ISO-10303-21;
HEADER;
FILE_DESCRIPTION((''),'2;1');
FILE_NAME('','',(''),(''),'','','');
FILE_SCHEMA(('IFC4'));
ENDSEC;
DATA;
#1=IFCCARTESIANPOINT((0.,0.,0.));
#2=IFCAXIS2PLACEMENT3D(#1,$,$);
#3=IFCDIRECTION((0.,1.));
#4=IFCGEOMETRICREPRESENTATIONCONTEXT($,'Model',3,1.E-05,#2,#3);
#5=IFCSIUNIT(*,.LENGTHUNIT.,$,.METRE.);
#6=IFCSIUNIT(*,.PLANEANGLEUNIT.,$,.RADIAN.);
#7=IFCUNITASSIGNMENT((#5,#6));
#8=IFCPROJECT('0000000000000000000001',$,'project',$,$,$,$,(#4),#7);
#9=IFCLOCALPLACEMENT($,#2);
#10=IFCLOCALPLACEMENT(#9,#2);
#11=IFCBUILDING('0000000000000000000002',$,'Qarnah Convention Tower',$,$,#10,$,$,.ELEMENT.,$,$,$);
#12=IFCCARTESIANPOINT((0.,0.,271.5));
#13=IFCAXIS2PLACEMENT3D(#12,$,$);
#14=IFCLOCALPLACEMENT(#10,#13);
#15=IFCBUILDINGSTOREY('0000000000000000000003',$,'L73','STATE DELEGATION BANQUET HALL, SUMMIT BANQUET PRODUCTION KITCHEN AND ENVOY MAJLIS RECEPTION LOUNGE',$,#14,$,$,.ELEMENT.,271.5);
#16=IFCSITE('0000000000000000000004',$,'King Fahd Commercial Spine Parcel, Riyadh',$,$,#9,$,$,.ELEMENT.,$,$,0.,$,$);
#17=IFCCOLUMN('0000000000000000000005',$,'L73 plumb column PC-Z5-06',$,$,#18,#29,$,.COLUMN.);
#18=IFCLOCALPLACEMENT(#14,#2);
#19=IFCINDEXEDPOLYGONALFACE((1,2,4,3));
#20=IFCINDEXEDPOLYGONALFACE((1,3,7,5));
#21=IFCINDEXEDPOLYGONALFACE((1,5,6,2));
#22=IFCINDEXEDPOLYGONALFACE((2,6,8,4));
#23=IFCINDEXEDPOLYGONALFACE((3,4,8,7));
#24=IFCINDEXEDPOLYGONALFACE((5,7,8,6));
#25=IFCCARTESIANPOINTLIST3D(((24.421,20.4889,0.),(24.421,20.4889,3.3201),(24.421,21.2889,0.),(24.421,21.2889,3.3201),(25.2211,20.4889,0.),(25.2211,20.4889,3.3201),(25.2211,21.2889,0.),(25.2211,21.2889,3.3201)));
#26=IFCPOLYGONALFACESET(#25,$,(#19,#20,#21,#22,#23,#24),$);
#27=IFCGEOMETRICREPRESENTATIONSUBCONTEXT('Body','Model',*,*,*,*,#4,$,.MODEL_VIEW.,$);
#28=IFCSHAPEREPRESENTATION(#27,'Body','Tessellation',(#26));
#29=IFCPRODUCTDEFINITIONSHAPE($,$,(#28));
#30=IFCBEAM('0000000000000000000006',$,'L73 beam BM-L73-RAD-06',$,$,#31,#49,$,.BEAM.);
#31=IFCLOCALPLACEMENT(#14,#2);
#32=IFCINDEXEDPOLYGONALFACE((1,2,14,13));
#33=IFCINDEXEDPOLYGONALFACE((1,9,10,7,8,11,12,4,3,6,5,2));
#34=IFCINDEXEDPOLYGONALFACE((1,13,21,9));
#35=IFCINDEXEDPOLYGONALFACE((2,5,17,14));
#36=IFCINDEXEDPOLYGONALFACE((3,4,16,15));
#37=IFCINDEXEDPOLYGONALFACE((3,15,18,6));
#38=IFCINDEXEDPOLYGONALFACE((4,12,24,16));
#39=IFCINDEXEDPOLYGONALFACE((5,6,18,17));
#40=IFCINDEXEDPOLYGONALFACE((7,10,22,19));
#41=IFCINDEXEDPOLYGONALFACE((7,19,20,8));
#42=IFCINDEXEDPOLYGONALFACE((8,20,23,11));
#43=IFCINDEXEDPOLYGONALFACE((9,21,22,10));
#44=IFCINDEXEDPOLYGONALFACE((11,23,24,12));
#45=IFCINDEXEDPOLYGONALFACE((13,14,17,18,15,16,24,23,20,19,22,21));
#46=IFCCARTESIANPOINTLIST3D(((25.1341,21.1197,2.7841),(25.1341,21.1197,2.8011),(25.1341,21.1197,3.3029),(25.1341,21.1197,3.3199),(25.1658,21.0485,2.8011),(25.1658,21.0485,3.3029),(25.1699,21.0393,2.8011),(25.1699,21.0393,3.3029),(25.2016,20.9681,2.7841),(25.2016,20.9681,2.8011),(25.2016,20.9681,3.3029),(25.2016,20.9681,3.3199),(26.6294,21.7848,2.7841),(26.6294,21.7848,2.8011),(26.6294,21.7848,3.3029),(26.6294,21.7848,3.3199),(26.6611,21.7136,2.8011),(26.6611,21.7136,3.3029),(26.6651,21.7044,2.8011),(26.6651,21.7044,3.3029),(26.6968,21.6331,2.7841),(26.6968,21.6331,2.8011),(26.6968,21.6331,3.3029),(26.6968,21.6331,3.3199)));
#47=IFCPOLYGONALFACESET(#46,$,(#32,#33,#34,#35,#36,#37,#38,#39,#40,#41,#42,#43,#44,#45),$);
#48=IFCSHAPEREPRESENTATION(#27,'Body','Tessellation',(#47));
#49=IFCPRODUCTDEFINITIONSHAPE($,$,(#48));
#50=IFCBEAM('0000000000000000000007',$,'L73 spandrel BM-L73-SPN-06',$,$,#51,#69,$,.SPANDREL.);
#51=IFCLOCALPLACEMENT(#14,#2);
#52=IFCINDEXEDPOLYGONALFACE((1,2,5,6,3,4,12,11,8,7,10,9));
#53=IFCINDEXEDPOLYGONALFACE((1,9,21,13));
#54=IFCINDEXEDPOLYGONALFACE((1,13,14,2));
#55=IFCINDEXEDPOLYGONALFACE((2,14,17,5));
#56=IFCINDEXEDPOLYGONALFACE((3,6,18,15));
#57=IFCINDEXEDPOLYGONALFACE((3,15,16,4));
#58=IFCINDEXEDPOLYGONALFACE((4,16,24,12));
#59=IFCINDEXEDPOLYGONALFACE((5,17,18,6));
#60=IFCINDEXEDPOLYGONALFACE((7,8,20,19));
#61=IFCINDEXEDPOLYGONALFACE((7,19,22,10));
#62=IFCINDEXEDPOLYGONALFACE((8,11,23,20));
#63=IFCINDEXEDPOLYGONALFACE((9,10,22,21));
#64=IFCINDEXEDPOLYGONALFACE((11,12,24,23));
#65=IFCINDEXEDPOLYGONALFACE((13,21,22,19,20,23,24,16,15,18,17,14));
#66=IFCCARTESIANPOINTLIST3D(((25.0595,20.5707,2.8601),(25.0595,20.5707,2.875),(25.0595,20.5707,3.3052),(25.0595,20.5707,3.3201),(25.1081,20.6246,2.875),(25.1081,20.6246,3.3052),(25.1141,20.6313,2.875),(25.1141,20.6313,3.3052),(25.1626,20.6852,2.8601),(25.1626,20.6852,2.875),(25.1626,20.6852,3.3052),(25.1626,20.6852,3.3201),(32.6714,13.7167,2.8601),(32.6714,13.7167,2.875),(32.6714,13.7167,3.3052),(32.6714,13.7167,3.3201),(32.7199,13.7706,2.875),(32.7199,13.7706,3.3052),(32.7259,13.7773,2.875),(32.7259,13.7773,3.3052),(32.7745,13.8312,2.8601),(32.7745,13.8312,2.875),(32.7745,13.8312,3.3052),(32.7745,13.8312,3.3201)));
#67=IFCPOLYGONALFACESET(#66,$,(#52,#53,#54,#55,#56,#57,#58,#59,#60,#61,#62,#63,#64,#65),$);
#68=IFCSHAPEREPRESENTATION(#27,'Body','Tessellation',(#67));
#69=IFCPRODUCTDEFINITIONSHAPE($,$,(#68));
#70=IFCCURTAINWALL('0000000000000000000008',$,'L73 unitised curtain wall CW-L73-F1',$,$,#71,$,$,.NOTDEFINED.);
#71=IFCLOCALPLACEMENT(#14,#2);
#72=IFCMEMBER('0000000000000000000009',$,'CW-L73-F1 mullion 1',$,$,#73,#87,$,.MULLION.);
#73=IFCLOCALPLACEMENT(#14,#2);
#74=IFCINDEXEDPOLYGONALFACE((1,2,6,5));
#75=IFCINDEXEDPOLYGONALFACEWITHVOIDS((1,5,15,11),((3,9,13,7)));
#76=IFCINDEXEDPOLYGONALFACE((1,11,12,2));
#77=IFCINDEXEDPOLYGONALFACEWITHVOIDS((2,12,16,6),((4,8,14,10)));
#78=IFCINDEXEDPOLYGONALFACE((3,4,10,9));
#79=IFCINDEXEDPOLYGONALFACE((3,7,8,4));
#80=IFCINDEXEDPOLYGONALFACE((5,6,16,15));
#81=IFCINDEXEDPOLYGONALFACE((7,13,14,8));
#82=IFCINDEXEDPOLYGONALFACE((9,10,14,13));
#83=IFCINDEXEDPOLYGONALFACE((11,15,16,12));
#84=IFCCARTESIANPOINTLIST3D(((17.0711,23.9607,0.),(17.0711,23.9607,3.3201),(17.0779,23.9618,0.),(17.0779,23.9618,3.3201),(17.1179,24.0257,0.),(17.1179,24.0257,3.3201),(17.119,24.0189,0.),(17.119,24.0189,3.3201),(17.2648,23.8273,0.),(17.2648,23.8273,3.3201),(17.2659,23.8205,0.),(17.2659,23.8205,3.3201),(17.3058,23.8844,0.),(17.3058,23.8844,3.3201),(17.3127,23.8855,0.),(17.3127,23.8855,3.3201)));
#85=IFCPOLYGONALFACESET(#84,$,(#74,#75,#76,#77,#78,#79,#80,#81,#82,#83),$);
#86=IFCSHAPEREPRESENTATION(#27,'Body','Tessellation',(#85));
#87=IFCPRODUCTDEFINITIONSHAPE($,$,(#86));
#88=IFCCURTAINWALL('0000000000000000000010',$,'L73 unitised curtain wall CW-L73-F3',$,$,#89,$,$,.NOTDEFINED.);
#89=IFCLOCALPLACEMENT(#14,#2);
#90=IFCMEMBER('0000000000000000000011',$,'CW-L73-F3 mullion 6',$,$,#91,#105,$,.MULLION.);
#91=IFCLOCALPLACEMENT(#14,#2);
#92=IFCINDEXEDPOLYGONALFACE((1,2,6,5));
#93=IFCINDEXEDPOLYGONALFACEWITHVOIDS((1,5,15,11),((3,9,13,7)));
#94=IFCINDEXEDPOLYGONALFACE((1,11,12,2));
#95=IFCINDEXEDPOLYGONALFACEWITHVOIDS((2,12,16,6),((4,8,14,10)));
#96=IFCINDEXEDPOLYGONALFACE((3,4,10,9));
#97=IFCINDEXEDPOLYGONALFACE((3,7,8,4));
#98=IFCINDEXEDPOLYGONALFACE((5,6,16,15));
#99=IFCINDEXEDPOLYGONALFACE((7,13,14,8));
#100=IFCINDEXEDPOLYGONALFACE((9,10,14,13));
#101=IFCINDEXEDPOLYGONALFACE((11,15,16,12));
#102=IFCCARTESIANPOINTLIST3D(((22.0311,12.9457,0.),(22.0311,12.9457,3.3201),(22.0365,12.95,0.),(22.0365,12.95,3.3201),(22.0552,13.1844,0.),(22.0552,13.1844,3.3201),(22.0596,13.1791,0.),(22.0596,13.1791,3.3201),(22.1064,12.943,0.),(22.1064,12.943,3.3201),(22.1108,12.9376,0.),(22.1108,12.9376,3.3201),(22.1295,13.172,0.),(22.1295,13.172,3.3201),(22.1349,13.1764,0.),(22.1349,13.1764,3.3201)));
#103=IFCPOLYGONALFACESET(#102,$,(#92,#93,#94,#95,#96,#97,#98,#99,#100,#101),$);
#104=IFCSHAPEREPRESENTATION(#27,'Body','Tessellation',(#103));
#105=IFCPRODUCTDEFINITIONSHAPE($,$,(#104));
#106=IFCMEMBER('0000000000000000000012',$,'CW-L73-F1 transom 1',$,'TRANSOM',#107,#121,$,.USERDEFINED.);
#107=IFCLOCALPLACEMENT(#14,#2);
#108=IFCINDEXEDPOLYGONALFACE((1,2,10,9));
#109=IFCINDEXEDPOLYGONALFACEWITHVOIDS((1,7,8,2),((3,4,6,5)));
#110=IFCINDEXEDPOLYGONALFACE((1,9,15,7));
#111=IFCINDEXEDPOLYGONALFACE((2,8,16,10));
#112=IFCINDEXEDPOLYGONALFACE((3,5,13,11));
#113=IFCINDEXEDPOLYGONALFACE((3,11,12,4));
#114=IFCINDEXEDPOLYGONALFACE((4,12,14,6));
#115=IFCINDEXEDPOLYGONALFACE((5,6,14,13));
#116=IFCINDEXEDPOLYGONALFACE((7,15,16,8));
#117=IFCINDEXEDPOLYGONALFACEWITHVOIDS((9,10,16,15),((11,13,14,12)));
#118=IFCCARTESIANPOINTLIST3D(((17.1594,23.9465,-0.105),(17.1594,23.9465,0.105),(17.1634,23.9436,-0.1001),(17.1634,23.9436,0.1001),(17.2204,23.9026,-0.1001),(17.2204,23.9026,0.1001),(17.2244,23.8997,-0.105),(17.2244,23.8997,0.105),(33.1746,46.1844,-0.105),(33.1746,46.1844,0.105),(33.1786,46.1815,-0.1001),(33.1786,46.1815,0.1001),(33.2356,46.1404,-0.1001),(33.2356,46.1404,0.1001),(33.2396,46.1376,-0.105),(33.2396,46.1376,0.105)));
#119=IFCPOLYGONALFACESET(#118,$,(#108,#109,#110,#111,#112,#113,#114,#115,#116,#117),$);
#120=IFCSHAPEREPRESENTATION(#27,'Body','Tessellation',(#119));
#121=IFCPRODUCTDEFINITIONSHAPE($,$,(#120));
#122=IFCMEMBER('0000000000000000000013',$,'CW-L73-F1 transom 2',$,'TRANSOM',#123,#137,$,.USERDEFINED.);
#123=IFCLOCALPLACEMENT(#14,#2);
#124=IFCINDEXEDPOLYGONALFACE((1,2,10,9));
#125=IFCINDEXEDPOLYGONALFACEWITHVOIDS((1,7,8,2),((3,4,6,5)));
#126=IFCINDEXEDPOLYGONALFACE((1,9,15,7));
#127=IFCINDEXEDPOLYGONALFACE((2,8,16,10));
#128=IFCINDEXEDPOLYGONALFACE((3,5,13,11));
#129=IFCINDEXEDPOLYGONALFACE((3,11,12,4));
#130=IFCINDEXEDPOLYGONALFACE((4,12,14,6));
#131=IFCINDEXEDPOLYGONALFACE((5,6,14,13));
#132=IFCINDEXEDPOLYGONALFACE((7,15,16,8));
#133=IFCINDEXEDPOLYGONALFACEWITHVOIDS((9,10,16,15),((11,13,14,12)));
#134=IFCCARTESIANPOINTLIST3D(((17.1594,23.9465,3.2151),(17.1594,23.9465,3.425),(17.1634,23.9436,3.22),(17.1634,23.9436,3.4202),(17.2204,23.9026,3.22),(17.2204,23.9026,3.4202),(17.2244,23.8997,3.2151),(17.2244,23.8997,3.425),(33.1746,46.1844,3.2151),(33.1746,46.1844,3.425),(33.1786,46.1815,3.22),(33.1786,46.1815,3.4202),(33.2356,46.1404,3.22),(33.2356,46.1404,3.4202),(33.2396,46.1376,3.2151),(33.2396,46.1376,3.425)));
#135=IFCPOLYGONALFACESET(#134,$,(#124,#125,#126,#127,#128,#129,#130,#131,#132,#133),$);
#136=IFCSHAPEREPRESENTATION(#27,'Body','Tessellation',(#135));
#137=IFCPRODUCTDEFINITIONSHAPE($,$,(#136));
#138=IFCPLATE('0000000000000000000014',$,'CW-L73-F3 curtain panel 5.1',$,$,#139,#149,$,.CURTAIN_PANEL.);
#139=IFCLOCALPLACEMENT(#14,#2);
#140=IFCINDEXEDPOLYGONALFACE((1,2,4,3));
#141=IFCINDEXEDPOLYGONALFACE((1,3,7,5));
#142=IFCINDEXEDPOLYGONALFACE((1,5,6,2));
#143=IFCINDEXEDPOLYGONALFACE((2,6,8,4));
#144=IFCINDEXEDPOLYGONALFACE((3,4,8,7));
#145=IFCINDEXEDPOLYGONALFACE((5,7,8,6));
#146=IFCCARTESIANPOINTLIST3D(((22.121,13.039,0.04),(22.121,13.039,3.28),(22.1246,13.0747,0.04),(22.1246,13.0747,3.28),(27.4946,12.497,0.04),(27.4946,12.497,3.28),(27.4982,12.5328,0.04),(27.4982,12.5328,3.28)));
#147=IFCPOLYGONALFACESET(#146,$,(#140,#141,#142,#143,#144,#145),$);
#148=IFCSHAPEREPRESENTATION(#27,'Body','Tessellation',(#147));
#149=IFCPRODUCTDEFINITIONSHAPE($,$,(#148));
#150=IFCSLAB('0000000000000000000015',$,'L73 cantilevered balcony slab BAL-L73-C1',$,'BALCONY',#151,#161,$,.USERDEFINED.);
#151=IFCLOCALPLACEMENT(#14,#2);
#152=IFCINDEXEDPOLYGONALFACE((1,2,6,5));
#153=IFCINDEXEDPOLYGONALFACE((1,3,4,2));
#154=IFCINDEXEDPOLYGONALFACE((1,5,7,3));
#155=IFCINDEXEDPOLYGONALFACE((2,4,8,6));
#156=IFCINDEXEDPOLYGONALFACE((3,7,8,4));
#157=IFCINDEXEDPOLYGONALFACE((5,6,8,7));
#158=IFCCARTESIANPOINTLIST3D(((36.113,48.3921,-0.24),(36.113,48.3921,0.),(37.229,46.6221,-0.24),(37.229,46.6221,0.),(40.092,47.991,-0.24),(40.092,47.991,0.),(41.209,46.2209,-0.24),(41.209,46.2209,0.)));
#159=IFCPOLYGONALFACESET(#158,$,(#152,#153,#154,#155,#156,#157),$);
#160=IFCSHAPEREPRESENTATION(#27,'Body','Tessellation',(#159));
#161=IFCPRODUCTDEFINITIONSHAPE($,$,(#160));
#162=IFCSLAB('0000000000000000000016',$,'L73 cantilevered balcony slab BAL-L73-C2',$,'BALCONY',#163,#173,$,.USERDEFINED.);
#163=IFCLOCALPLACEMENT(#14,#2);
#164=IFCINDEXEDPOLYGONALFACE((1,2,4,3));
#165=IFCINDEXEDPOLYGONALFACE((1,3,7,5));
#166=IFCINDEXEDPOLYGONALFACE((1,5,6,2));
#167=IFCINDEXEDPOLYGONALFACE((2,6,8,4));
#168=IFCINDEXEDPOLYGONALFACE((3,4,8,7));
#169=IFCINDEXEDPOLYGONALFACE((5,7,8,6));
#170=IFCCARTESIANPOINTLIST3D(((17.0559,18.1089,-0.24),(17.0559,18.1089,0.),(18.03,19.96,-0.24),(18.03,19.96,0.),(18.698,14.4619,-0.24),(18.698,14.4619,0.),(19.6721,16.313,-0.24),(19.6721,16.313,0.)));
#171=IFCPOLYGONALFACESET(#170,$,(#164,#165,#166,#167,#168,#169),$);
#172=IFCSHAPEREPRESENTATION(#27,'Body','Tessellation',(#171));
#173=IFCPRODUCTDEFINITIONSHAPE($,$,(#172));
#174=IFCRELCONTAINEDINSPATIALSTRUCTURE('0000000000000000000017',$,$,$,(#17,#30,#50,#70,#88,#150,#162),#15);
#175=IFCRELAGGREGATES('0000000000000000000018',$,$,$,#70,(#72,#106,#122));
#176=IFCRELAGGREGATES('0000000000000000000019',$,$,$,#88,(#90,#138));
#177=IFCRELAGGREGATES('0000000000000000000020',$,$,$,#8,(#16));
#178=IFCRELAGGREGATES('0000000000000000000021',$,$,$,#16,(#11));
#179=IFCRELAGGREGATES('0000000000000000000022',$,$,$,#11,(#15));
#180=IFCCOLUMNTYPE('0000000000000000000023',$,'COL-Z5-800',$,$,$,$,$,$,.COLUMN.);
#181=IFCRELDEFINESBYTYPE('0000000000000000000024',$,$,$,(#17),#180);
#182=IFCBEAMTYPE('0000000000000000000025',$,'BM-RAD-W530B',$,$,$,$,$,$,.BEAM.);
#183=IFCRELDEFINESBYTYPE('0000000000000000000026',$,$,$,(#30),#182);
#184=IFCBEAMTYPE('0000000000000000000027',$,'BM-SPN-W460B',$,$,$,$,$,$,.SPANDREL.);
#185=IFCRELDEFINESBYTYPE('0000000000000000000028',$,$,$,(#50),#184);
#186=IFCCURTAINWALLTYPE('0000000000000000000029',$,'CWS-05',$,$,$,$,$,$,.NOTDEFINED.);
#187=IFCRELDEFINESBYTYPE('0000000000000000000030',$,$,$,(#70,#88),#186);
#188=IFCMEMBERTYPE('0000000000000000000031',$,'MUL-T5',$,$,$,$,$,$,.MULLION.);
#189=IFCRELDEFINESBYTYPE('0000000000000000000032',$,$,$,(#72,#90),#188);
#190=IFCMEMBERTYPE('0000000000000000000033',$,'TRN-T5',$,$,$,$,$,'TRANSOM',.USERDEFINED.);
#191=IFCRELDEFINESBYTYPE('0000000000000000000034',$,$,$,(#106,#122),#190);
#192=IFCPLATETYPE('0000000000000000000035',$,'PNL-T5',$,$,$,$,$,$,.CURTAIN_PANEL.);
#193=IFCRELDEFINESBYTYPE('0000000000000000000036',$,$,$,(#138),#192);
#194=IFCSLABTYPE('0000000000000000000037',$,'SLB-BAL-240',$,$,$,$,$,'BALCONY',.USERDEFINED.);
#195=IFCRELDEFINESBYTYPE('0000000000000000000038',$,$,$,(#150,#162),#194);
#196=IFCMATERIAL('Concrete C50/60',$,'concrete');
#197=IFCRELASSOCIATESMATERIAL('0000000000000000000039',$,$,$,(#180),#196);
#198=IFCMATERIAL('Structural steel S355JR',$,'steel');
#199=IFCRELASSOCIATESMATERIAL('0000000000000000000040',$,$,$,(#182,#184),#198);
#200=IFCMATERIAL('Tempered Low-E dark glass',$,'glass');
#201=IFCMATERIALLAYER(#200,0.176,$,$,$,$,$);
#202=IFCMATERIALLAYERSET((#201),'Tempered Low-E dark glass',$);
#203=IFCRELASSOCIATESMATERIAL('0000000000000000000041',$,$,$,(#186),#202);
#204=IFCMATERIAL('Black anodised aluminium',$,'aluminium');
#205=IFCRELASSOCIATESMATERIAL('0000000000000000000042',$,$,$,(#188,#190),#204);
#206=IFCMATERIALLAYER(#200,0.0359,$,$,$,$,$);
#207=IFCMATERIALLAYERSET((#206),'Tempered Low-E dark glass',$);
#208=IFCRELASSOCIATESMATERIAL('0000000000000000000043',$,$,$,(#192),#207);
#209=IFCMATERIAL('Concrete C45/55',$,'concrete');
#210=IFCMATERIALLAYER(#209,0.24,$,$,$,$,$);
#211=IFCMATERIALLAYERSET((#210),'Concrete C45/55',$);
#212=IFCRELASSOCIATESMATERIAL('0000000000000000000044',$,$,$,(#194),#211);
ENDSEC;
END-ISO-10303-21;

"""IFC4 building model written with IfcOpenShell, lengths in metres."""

from ifc_helpers import new_model, si_unit, direction, frame, origin, origin_2d, place, context, subcontext, project, spatial, polyline, rectangle, hollow_rectangle, i_section, outline, extrude, material, layer, layer_set, material_profile, profile_set, type_object, element, aggregate, save


model = new_model("IFC4")

# Units and contexts
model_context = context("Model", 3, precision=1e-05, world=origin(), true_north=direction((0.0, 1.0)))
body_context = subcontext(model_context, "Body", "Model", "MODEL_VIEW")
ifc_project = project(units=[si_unit("LENGTHUNIT", "METRE"), si_unit("PLANEANGLEUNIT", "RADIAN")], contexts=[model_context])

# Site, building, storey
site_placement = place(None, origin())
site = spatial("IfcSite", under=ifc_project, at=site_placement, Name="King Fahd Commercial Spine Parcel, Riyadh", CompositionType="ELEMENT", RefElevation=0.0)
building_placement = place(site_placement, origin())
building = spatial("IfcBuilding", under=site, at=building_placement, Name="Qarnah Convention Tower", CompositionType="ELEMENT")
storey_placement = place(building_placement, frame((0.0, 0.0, 271.5)))
storey = spatial("IfcBuildingStorey", under=building, at=storey_placement, Name="L73", Description="STATE DELEGATION BANQUET HALL, SUMMIT BANQUET PRODUCTION KITCHEN AND ENVOY MAJLIS RECEPTION LOUNGE", CompositionType="ELEMENT", Elevation=271.5)

# Column
ifc_material_1 = material(Name="Concrete C50/60", Category="concrete")
ifc_material_profile_1 = material_profile(ifc_material_1, rectangle(XDim=0.8, YDim=0.8, at=origin_2d()), Name="RC-COL-800X800")
ifc_profile_set_1 = profile_set([ifc_material_profile_1], Name="Concrete C50/60")
column_type = type_object("IfcColumnType", Name="COL-Z5-800", PredefinedType="COLUMN", material=ifc_profile_set_1)
column_placement = place(storey_placement, frame((24.821, 20.8889, 0.0), z_axis=(0.0, 0.0, 1.0), x_axis=(1.0, 0.0, 0.0)))
element("IfcColumn", 1, at=column_placement, inside=storey, type_object=column_type, Name="L73 plumb column PC-Z5-06", PredefinedType="COLUMN", context=body_context, shape_type="SweptSolid", body=[
    extrude(rectangle(XDim=0.8, YDim=0.8, at=origin_2d()), origin(), (0.0, 0.0, 1.0), 3.3201),
])

# Beams
ifc_material_2 = material(Name="Structural steel S355JR", Category="steel")
ifc_material_profile_2 = material_profile(ifc_material_2, i_section(OverallWidth=0.166, OverallDepth=0.5359, WebThickness=0.01, FlangeThickness=0.0171, at=origin_2d()), Name="W530X85")
ifc_profile_set_2 = profile_set([ifc_material_profile_2], Name="Structural steel S355JR")
beam_type_1 = type_object("IfcBeamType", Name="BM-RAD-W530B", PredefinedType="BEAM", material=ifc_profile_set_2)
beam_1_placement = place(storey_placement, frame((26.6631, 21.709, 3.052), z_axis=(-0.913688, -0.406415, 0.0), x_axis=(0.406415, -0.913688, 0.0)))
element("IfcBeam", 2, at=beam_1_placement, inside=storey, type_object=beam_type_1, Name="L73 beam BM-L73-RAD-06", PredefinedType="BEAM", context=body_context, shape_type="SweptSolid", body=[
    extrude(i_section(OverallWidth=0.166, OverallDepth=0.5359, WebThickness=0.01, FlangeThickness=0.0171, at=origin_2d()), origin(), (0.0, 0.0, 1.0), 1.6365),
])
ifc_material_profile_3 = material_profile(ifc_material_2, i_section(OverallWidth=0.1541, OverallDepth=0.46, WebThickness=0.009, FlangeThickness=0.0149, at=origin_2d()), Name="W460X68")
ifc_profile_set_3 = profile_set([ifc_material_profile_3], Name="Structural steel S355JR")
beam_type_2 = type_object("IfcBeamType", Name="BM-SPN-W460B", PredefinedType="SPANDREL", material=ifc_profile_set_3)
beam_2_placement = place(storey_placement, frame((25.1111, 20.6279, 3.0901), z_axis=(0.743131, -0.669146, 0.0), x_axis=(0.669146, 0.743131, 0.0)))
element("IfcBeam", 3, at=beam_2_placement, inside=storey, type_object=beam_type_2, Name="L73 spandrel BM-L73-SPN-06", PredefinedType="SPANDREL", context=body_context, shape_type="SweptSolid", body=[
    extrude(i_section(OverallWidth=0.1541, OverallDepth=0.46, WebThickness=0.009, FlangeThickness=0.0149, at=origin_2d()), origin(), (0.0, 0.0, 1.0), 10.2429),
])

# Curtain walls, members
ifc_material_3 = material(Name="Tempered Low-E dark glass", Category="glass")
ifc_layer_1 = layer(ifc_material_3, 0.176)
ifc_layer_set_1 = layer_set([ifc_layer_1], Name="Tempered Low-E dark glass")
curtain_wall_type = type_object("IfcCurtainWallType", Name="CWS-05", PredefinedType="NOTDEFINED", material=ifc_layer_set_1)
curtain_wall_1_placement = place(storey_placement, origin())
curtain_wall_1 = element("IfcCurtainWall", 4, at=curtain_wall_1_placement, inside=storey, type_object=curtain_wall_type, Name="L73 unitised curtain wall CW-L73-F1", PredefinedType="NOTDEFINED")
ifc_material_4 = material(Name="Black anodised aluminium", Category="aluminium")
ifc_material_profile_4 = material_profile(ifc_material_4, hollow_rectangle(XDim=0.0801, YDim=0.24, WallThickness=0.0049, at=origin_2d()), Name="MUL-80X240")
ifc_profile_set_4 = profile_set([ifc_material_profile_4], Name="Black anodised aluminium")
member_type_1 = type_object("IfcMemberType", Name="MUL-T5", PredefinedType="MULLION", material=ifc_profile_set_4)
member_1_placement = place(storey_placement, frame((17.1919, 23.9231, 0.0), z_axis=(0.0, 0.0, 1.0), x_axis=(0.584392, 0.811471, 0.0)))
member_1 = element("IfcMember", 5, at=member_1_placement, type_object=member_type_1, Name="CW-L73-F1 mullion 1", PredefinedType="MULLION", context=body_context, shape_type="SweptSolid", body=[
    extrude(hollow_rectangle(XDim=0.0801, YDim=0.24, WallThickness=0.0049, at=origin_2d()), origin(), (0.0, 0.0, 1.0), 3.3201),
])
curtain_wall_2_placement = place(storey_placement, origin())
curtain_wall_2 = element("IfcCurtainWall", 6, at=curtain_wall_2_placement, inside=storey, type_object=curtain_wall_type, Name="L73 unitised curtain wall CW-L73-F3", PredefinedType="NOTDEFINED")
member_2_placement = place(storey_placement, frame((22.083, 13.061, 0.0), z_axis=(0.0, 0.0, 1.0), x_axis=(-0.994952, 0.100349, 0.0)))
member_2 = element("IfcMember", 7, at=member_2_placement, type_object=member_type_1, Name="CW-L73-F3 mullion 6", PredefinedType="MULLION", context=body_context, shape_type="SweptSolid", body=[
    extrude(hollow_rectangle(XDim=0.0801, YDim=0.24, WallThickness=0.0049, at=origin_2d()), origin(), (0.0, 0.0, 1.0), 3.3201),
])

# Members
ifc_material_profile_5 = material_profile(ifc_material_4, hollow_rectangle(XDim=0.0801, YDim=0.21, WallThickness=0.0049, at=origin_2d()), Name="TRN-80X210")
ifc_profile_set_5 = profile_set([ifc_material_profile_5], Name="Black anodised aluminium")
member_type_2 = type_object("IfcMemberType", Name="TRN-T5", ElementType="TRANSOM", PredefinedType="USERDEFINED", material=ifc_profile_set_5)
member_3_placement = place(storey_placement, frame((17.1919, 23.9231, 0.0), z_axis=(0.584399, 0.811466, 0.0), x_axis=(-0.811466, 0.584399, 0.0)))
member_3 = element("IfcMember", 8, at=member_3_placement, type_object=member_type_2, Name="CW-L73-F1 transom 1", ObjectType="TRANSOM", PredefinedType="USERDEFINED", context=body_context, shape_type="SweptSolid", body=[
    extrude(hollow_rectangle(XDim=0.0801, YDim=0.21, WallThickness=0.0049, at=origin_2d()), origin(), (0.0, 0.0, 1.0), 27.4045),
])
member_4_placement = place(storey_placement, frame((17.1919, 23.9231, 3.3201), z_axis=(0.584399, 0.811466, 0.0), x_axis=(-0.811466, 0.584399, 0.0)))
member_4 = element("IfcMember", 9, at=member_4_placement, type_object=member_type_2, Name="CW-L73-F1 transom 2", ObjectType="TRANSOM", PredefinedType="USERDEFINED", context=body_context, shape_type="SweptSolid", body=[
    extrude(hollow_rectangle(XDim=0.0801, YDim=0.21, WallThickness=0.0049, at=origin_2d()), origin(), (0.0, 0.0, 1.0), 27.4045),
])
aggregate(curtain_wall_1, [member_1, member_3, member_4])

# Plate
ifc_layer_2 = layer(ifc_material_3, 0.0359)
ifc_layer_set_2 = layer_set([ifc_layer_2], Name="Tempered Low-E dark glass")
plate_type = type_object("IfcPlateType", Name="PNL-T5", PredefinedType="CURTAIN_PANEL", material=ifc_layer_set_2)
plate_placement = place(storey_placement, frame((24.8096, 12.7859, 0.04), z_axis=(0.0, 0.0, 1.0), x_axis=(-0.994952, 0.100349, 0.0)))
plate = element("IfcPlate", 10, at=plate_placement, type_object=plate_type, Name="CW-L73-F3 curtain panel 5.1", PredefinedType="CURTAIN_PANEL", context=body_context, shape_type="SweptSolid", body=[
    extrude(rectangle(XDim=5.4009, YDim=0.0359, at=origin_2d()), origin(), (0.0, 0.0, 1.0), 3.24),
])
aggregate(curtain_wall_2, [member_2, plate])

# Slabs
ifc_material_5 = material(Name="Concrete C45/55", Category="concrete")
ifc_layer_3 = layer(ifc_material_5, 0.24)
ifc_layer_set_3 = layer_set([ifc_layer_3], Name="Concrete C45/55")
slab_type_1 = type_object("IfcSlabType", Name="SLB-BAL-240", ElementType="BALCONY", PredefinedType="USERDEFINED", material=ifc_layer_set_3)
slab_1_placement = place(storey_placement, frame((0.0, 0.0, -0.24)))
element("IfcSlab", 11, at=slab_1_placement, inside=storey, type_object=slab_type_1, Name="L73 cantilevered balcony slab BAL-L73-C1", ObjectType="BALCONY", PredefinedType="USERDEFINED", context=body_context, shape_type="SweptSolid", body=[
    extrude(outline(polyline([(36.113, 48.3921), (40.092, 47.991), (41.209, 46.2209), (37.229, 46.6221), (36.113, 48.3921)])), origin(), (0.0, 0.0, 1.0), 0.24),
])
slab_2_placement = place(storey_placement, frame((0.0, 0.0, -0.24)))
element("IfcSlab", 12, at=slab_2_placement, inside=storey, type_object=slab_type_1, Name="L73 cantilevered balcony slab BAL-L73-C2", ObjectType="BALCONY", PredefinedType="USERDEFINED", context=body_context, shape_type="SweptSolid", body=[
    extrude(outline(polyline([(18.698, 14.4619), (17.0559, 18.1089), (18.03, 19.96), (19.6721, 16.313), (18.698, 14.4619)])), origin(), (0.0, 0.0, 1.0), 0.24),
])

save(model, "model.ifc")
